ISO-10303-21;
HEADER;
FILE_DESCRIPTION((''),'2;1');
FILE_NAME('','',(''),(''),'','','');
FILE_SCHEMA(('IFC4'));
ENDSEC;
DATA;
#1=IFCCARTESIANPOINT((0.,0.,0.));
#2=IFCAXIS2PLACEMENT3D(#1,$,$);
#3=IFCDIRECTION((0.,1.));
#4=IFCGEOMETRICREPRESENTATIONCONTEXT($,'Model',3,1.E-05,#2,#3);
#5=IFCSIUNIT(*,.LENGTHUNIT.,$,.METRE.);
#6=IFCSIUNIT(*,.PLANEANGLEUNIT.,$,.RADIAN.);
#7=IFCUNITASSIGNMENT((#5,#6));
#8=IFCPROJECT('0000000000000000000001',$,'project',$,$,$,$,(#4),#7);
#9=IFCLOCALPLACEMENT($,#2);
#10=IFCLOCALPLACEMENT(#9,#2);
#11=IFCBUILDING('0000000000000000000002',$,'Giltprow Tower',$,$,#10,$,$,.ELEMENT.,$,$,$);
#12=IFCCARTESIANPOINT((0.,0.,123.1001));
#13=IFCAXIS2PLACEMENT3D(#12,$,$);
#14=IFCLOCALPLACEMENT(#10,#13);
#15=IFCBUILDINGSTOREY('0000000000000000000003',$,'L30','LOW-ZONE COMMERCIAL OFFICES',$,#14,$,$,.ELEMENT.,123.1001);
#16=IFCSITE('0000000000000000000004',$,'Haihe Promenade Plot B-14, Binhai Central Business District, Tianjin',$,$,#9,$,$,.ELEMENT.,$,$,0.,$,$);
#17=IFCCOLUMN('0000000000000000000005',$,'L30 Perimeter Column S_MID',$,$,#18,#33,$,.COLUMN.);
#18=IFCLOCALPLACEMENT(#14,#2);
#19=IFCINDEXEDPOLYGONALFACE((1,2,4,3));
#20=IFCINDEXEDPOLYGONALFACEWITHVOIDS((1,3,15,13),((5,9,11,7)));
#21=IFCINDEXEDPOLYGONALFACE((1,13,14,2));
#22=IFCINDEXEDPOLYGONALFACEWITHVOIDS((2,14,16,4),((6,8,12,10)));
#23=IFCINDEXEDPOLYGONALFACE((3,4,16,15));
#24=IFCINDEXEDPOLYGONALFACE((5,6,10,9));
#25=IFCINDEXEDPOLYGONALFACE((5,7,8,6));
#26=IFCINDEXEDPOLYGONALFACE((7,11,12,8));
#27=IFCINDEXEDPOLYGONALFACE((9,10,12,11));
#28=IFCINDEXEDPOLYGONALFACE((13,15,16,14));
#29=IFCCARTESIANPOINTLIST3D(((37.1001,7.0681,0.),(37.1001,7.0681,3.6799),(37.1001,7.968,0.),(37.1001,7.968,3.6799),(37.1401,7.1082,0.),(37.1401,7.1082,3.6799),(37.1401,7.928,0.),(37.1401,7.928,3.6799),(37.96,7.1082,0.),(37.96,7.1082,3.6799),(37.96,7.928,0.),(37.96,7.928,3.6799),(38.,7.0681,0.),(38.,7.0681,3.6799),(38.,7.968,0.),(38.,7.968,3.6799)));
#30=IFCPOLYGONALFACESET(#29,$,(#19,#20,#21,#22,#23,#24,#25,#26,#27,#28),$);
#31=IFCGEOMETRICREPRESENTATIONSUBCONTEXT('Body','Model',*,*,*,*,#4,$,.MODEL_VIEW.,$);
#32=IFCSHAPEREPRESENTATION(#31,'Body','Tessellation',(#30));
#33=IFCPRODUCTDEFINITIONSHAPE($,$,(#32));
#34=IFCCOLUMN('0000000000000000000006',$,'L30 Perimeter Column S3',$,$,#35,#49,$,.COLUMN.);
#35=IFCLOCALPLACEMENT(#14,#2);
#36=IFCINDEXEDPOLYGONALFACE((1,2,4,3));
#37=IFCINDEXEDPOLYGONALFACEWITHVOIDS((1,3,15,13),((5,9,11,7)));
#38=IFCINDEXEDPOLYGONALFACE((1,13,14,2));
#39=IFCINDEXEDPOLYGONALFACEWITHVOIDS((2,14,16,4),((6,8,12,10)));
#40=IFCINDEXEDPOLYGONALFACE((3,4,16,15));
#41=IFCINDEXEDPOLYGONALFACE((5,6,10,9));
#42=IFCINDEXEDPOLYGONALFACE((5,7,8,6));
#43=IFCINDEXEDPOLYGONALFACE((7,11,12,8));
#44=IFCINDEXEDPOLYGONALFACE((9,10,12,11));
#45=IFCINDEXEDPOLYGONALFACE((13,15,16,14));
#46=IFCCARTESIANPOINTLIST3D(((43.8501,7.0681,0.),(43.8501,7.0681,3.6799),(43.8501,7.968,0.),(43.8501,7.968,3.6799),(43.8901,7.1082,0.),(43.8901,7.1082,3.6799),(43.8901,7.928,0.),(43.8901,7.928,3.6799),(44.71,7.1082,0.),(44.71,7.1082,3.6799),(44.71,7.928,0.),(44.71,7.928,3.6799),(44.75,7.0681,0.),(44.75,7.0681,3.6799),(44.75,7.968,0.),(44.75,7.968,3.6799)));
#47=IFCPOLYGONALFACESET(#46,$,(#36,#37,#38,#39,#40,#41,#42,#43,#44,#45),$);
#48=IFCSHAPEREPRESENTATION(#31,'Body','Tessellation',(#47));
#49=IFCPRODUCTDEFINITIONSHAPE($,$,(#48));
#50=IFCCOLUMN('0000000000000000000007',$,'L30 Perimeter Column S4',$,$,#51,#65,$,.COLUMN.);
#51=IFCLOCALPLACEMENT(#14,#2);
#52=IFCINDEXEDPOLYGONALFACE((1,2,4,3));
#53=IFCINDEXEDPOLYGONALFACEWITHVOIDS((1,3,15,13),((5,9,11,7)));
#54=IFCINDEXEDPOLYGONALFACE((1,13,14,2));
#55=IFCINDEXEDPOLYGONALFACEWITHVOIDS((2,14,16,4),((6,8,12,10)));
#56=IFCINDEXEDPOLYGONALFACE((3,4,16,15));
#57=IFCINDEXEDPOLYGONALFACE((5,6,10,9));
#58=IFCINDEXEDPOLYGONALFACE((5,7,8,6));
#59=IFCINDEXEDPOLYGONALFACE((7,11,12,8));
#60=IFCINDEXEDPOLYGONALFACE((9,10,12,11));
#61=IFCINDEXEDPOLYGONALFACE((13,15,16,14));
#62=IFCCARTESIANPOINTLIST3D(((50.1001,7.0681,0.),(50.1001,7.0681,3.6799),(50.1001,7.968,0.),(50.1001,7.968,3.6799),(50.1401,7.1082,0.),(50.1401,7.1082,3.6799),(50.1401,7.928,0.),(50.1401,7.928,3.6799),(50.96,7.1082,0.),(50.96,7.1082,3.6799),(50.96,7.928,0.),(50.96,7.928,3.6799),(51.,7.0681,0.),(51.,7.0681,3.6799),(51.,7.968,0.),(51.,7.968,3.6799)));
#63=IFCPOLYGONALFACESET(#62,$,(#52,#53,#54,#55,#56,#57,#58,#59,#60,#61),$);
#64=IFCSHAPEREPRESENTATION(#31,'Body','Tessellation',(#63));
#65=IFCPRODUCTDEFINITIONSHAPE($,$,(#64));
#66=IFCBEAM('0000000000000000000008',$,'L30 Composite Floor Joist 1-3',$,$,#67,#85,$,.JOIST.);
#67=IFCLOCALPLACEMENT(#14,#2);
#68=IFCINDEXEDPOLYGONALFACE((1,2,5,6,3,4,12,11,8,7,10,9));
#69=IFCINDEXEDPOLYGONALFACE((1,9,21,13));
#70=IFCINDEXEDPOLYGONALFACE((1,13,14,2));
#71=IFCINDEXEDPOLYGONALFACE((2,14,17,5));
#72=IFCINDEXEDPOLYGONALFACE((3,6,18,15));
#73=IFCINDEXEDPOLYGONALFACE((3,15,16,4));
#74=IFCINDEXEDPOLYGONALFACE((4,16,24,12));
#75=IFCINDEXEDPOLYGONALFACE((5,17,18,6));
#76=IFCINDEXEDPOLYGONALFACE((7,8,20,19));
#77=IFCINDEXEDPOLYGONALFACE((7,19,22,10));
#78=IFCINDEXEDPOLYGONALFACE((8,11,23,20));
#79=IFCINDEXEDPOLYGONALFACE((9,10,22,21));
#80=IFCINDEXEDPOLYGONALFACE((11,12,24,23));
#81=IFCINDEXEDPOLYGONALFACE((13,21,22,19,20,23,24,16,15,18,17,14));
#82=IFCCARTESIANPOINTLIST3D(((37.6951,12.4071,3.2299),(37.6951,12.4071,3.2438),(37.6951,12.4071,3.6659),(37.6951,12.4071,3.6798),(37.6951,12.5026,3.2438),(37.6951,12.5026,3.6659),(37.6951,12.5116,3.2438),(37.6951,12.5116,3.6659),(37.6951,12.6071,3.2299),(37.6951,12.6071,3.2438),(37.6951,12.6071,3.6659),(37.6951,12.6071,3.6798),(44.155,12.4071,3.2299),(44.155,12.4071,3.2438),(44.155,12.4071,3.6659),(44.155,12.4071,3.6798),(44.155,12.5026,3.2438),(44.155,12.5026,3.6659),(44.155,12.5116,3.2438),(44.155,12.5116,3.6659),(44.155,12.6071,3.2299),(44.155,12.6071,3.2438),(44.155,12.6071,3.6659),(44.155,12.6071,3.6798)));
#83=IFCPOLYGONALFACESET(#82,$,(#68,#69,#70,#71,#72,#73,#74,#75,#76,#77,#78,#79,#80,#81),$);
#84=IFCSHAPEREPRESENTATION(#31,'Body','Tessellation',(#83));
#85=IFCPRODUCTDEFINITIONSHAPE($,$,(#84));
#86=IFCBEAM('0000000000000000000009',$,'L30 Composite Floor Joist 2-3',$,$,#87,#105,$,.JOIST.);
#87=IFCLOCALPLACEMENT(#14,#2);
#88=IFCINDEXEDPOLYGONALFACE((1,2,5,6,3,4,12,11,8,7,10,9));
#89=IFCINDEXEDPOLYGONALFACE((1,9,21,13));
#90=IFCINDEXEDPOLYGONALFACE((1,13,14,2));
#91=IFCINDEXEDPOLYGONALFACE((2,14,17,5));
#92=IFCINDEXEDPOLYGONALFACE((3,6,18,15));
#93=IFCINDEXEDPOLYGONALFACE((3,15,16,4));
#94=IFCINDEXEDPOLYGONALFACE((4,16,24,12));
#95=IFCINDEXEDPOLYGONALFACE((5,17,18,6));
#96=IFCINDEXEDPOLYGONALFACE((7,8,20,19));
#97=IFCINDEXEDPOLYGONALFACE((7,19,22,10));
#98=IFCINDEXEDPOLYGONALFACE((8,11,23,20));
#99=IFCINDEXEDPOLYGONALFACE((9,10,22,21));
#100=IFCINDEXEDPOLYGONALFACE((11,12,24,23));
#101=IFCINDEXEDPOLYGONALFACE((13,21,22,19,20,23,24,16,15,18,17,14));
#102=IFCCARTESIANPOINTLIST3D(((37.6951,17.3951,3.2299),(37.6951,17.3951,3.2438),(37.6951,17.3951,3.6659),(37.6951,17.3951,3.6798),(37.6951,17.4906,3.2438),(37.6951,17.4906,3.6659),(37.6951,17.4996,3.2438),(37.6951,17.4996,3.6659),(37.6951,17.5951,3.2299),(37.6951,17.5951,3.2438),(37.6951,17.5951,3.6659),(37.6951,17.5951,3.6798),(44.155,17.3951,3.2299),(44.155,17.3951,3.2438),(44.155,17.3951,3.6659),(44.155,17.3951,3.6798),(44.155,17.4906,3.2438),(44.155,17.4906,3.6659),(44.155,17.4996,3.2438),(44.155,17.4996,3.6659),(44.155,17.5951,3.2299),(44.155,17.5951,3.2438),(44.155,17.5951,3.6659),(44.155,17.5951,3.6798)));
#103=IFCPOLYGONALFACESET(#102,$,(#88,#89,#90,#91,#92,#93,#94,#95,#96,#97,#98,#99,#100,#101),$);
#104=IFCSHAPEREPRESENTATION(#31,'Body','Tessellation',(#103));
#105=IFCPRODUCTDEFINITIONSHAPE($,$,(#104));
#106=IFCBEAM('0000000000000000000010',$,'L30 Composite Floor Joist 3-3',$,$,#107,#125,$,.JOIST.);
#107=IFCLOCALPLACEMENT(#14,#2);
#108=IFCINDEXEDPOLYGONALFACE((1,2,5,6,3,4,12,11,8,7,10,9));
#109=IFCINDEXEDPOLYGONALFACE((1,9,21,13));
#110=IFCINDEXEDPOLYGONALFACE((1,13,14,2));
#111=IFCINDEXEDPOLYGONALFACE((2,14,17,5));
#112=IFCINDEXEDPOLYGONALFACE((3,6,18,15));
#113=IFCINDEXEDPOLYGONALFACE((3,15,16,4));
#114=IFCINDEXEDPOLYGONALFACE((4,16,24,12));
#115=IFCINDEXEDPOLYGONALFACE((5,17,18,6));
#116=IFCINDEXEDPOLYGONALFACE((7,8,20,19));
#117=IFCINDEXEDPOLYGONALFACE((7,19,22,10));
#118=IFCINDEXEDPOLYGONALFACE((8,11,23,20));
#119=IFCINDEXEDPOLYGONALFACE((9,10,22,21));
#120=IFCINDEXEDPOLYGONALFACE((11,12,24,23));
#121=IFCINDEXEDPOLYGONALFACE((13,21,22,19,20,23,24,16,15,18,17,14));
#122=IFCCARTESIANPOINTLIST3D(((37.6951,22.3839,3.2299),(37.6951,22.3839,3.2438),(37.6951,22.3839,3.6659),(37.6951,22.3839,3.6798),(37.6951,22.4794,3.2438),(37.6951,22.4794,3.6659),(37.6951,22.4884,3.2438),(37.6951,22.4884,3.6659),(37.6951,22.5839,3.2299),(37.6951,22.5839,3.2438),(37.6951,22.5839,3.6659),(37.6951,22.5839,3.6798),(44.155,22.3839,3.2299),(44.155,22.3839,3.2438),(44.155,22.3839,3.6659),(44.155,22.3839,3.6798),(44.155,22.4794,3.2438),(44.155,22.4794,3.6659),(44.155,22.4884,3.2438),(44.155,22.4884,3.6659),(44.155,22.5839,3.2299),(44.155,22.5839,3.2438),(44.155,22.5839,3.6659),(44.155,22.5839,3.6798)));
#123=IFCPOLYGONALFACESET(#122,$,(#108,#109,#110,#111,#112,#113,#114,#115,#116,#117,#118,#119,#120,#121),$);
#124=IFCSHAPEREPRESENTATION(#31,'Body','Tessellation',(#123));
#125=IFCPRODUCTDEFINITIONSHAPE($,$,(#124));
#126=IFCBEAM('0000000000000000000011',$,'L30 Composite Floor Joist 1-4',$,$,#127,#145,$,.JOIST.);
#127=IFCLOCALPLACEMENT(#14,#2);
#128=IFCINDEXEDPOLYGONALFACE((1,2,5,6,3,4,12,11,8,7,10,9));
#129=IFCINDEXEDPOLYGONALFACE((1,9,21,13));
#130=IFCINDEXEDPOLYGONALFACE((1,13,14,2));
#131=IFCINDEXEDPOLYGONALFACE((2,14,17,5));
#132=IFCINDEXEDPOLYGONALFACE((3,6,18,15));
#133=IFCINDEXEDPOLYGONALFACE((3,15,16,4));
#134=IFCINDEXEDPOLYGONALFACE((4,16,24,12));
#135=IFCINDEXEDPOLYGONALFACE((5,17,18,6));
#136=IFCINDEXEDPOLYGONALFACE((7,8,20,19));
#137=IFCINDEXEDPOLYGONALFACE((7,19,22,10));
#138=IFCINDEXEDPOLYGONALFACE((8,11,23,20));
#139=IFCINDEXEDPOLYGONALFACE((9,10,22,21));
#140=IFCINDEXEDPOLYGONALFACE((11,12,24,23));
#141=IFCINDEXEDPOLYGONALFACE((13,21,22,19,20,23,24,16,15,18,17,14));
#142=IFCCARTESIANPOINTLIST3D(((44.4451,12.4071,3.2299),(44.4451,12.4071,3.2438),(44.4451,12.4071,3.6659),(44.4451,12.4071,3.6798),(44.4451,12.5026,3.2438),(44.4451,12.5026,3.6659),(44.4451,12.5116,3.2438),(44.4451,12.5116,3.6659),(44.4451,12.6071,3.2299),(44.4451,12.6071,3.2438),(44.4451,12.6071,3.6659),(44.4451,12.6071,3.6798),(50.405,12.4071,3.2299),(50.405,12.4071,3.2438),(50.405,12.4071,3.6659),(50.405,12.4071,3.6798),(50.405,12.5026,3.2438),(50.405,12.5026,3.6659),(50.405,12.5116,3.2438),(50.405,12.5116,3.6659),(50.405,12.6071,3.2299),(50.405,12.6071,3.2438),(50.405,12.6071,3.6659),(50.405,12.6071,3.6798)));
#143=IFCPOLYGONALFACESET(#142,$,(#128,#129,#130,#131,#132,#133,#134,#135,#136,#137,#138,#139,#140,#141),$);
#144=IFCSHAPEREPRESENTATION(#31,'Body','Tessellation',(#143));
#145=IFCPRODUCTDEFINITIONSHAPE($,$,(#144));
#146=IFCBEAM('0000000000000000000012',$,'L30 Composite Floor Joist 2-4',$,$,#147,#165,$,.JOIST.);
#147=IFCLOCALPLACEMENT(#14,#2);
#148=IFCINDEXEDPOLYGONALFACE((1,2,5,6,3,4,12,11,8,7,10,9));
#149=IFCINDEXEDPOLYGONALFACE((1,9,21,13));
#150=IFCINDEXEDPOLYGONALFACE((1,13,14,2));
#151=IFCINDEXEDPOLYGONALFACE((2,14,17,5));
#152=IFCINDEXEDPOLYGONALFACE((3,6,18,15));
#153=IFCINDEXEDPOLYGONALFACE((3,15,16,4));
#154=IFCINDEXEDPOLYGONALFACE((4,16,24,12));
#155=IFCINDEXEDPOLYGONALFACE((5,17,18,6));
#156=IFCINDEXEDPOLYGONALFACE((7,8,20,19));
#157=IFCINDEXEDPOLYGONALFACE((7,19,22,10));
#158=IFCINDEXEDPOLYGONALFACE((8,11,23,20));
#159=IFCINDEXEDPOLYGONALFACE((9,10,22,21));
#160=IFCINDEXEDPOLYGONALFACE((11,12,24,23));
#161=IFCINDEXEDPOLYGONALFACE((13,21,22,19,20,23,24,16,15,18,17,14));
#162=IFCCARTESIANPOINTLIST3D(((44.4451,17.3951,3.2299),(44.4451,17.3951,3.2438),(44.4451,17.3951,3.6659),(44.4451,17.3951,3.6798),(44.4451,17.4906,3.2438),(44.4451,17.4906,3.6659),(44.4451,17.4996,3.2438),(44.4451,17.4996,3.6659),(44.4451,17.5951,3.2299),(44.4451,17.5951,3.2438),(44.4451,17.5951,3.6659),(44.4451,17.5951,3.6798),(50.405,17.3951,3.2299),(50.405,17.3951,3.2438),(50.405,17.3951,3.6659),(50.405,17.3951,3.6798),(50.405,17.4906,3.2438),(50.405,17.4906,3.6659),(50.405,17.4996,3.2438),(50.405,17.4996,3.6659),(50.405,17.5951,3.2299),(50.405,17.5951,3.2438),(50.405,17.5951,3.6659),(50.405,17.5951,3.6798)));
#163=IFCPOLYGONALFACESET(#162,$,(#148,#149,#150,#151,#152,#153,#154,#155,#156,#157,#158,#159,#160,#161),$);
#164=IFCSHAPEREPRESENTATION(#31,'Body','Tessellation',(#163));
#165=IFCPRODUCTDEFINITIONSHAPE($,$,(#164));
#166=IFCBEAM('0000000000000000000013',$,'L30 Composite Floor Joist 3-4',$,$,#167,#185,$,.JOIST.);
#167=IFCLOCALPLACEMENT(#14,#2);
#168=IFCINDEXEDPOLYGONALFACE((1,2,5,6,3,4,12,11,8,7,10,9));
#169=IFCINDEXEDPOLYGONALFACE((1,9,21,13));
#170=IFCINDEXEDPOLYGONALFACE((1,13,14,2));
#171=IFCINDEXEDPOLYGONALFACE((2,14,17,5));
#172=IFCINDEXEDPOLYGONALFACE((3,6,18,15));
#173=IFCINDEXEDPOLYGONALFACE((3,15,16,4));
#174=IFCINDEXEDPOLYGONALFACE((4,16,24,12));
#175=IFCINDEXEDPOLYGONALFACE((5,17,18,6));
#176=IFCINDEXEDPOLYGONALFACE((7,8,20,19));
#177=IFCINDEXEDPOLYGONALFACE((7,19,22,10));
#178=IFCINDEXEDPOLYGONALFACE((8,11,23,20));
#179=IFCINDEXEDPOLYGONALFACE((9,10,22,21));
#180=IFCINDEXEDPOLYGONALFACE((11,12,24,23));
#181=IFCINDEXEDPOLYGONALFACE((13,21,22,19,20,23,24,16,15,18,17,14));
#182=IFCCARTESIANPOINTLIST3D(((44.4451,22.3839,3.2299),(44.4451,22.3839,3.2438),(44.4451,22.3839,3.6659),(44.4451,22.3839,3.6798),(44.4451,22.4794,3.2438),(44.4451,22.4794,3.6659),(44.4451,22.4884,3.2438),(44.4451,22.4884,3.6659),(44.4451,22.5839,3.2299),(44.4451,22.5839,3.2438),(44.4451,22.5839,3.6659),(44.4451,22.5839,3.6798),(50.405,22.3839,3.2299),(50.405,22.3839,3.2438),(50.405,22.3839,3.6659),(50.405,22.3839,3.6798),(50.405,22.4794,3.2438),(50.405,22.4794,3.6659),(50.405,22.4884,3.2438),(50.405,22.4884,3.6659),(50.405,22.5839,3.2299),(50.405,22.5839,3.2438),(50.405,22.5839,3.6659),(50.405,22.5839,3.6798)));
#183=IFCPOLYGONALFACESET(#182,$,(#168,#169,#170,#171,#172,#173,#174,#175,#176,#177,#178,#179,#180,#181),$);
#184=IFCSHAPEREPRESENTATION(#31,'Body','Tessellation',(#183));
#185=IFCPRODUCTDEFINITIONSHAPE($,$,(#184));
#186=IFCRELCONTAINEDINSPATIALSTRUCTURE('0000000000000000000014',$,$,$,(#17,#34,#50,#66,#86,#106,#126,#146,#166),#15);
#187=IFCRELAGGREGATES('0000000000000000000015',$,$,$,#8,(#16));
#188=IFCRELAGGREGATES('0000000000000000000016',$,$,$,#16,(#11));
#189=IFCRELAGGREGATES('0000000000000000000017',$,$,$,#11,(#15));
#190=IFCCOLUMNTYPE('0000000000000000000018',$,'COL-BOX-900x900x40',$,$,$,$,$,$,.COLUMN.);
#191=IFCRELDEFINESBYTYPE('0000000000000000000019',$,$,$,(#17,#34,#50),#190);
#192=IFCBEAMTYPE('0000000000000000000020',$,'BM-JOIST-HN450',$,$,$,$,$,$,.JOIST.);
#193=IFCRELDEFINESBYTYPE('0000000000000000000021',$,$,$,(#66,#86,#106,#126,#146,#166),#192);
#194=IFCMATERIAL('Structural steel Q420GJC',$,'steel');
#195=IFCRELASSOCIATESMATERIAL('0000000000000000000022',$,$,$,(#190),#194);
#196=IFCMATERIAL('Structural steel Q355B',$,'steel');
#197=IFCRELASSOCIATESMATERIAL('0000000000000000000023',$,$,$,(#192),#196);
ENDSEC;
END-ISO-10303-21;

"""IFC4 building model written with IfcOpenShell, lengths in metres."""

from ifc_helpers import new_model, si_unit, direction, frame, origin, origin_2d, place, context, subcontext, project, spatial, hollow_rectangle, i_section, extrude, source, transform, mapped, material, material_profile, profile_set, type_object, element, save


model = new_model("IFC4")

# Units and contexts
model_context = context("Model", 3, precision=1e-05, world=origin(), true_north=direction((0.0, 1.0)))
body_context = subcontext(model_context, "Body", "Model", "MODEL_VIEW")
ifc_project = project(units=[si_unit("LENGTHUNIT", "METRE"), si_unit("PLANEANGLEUNIT", "RADIAN")], contexts=[model_context])

# Site, building, storey
site_placement = place(None, origin())
site = spatial("IfcSite", under=ifc_project, at=site_placement, Name="Haihe Promenade Plot B-14, Binhai Central Business District, Tianjin", CompositionType="ELEMENT", RefElevation=0.0)
building_placement = place(site_placement, origin())
building = spatial("IfcBuilding", under=site, at=building_placement, Name="Giltprow Tower", CompositionType="ELEMENT")
storey_placement = place(building_placement, frame((0.0, 0.0, 123.1001)))
storey = spatial("IfcBuildingStorey", under=building, at=storey_placement, Name="L30", Description="LOW-ZONE COMMERCIAL OFFICES", CompositionType="ELEMENT", Elevation=123.1001)

# Columns
ifc_material_1 = material(Name="Structural steel Q420GJC", Category="steel")
ifc_material_profile_1 = material_profile(ifc_material_1, hollow_rectangle(XDim=0.8999, YDim=0.8999, WallThickness=0.04, at=origin_2d()), Name="BOX 900x900x40")
ifc_profile_set_1 = profile_set([ifc_material_profile_1], Name="Structural steel Q420GJC")
column_type = type_object("IfcColumnType", Name="COL-BOX-900x900x40", PredefinedType="COLUMN", material=ifc_profile_set_1)
shared_shape_1 = source(origin(), body_context, "Body", "SweptSolid", [
    extrude(hollow_rectangle(XDim=0.8999, YDim=0.8999, WallThickness=0.04, at=origin_2d()), origin(), (0.0, 0.0, 1.0), 3.6799),
])
for number, where, z_axis, x_axis, name in (
    (1, (37.55, 7.5181, 0.0), (0.0, 0.0, 1.0), (1.0, 0.0, 0.0), "L30 Perimeter Column S_MID"),
    (2, (44.3, 7.5181, 0.0), (0.0, 0.0, 1.0), (1.0, 0.0, 0.0), "L30 Perimeter Column S3"),
    (3, (50.55, 7.5181, 0.0), (0.0, 0.0, 1.0), (1.0, 0.0, 0.0), "L30 Perimeter Column S4"),
):
    element("IfcColumn", number, at=place(storey_placement, frame(where, z_axis=z_axis, x_axis=x_axis)), inside=storey, type_object=column_type, Name=name, PredefinedType="COLUMN", context=body_context, shape_type="MappedRepresentation", body=[
        mapped(shared_shape_1, transform((0.0, 0.0, 0.0), x_axis=(1.0, 0.0, 0.0), y_axis=(0.0, 1.0, 0.0), z_axis=(0.0, 0.0, 1.0), scale=1.0)),
    ])

# Beams
ifc_material_2 = material(Name="Structural steel Q355B", Category="steel")
ifc_material_profile_2 = material_profile(ifc_material_2, i_section(OverallWidth=0.2, OverallDepth=0.45, WebThickness=0.009, FlangeThickness=0.0139, at=origin_2d()), Name="HN 450x200x9x14")
ifc_profile_set_2 = profile_set([ifc_material_profile_2], Name="Structural steel Q355B")
beam_type_1 = type_object("IfcBeamType", Name="BM-JOIST-HN450", PredefinedType="JOIST", material=ifc_profile_set_2)
shared_shape_2 = source(origin(), body_context, "Body", "SweptSolid", [
    extrude(i_section(OverallWidth=0.2, OverallDepth=0.45, WebThickness=0.009, FlangeThickness=0.0139, at=origin_2d()), origin(), (0.0, 0.0, 1.0), 6.46),
])
for number, where, z_axis, x_axis, name in (
    (4, (37.6951, 12.5071, 3.4548), (1.0, 0.0, 0.0), (0.0, 1.0, 0.0), "L30 Composite Floor Joist 1-3"),
    (5, (37.6951, 17.4951, 3.4548), (1.0, 0.0, 0.0), (0.0, 1.0, 0.0), "L30 Composite Floor Joist 2-3"),
    (6, (37.6951, 22.4839, 3.4548), (1.0, 0.0, 0.0), (0.0, 1.0, 0.0), "L30 Composite Floor Joist 3-3"),
):
    element("IfcBeam", number, at=place(storey_placement, frame(where, z_axis=z_axis, x_axis=x_axis)), inside=storey, type_object=beam_type_1, Name=name, PredefinedType="JOIST", context=body_context, shape_type="MappedRepresentation", body=[
        mapped(shared_shape_2, transform((0.0, 0.0, 0.0), x_axis=(1.0, 0.0, 0.0), y_axis=(0.0, 1.0, 0.0), z_axis=(0.0, 0.0, 1.0), scale=1.0)),
    ])
shared_shape_3 = source(origin(), body_context, "Body", "SweptSolid", [
    extrude(i_section(OverallWidth=0.2, OverallDepth=0.45, WebThickness=0.009, FlangeThickness=0.0139, at=origin_2d()), origin(), (0.0, 0.0, 1.0), 5.96),
])
for number, where, z_axis, x_axis, name in (
    (7, (44.4451, 12.5071, 3.4548), (1.0, 0.0, 0.0), (0.0, 1.0, 0.0), "L30 Composite Floor Joist 1-4"),
    (8, (44.4451, 17.4951, 3.4548), (1.0, 0.0, 0.0), (0.0, 1.0, 0.0), "L30 Composite Floor Joist 2-4"),
    (9, (44.4451, 22.4839, 3.4548), (1.0, 0.0, 0.0), (0.0, 1.0, 0.0), "L30 Composite Floor Joist 3-4"),
):
    element("IfcBeam", number, at=place(storey_placement, frame(where, z_axis=z_axis, x_axis=x_axis)), inside=storey, type_object=beam_type_1, Name=name, PredefinedType="JOIST", context=body_context, shape_type="MappedRepresentation", body=[
        mapped(shared_shape_3, transform((0.0, 0.0, 0.0), x_axis=(1.0, 0.0, 0.0), y_axis=(0.0, 1.0, 0.0), z_axis=(0.0, 0.0, 1.0), scale=1.0)),
    ])

save(model, "model.ifc")
